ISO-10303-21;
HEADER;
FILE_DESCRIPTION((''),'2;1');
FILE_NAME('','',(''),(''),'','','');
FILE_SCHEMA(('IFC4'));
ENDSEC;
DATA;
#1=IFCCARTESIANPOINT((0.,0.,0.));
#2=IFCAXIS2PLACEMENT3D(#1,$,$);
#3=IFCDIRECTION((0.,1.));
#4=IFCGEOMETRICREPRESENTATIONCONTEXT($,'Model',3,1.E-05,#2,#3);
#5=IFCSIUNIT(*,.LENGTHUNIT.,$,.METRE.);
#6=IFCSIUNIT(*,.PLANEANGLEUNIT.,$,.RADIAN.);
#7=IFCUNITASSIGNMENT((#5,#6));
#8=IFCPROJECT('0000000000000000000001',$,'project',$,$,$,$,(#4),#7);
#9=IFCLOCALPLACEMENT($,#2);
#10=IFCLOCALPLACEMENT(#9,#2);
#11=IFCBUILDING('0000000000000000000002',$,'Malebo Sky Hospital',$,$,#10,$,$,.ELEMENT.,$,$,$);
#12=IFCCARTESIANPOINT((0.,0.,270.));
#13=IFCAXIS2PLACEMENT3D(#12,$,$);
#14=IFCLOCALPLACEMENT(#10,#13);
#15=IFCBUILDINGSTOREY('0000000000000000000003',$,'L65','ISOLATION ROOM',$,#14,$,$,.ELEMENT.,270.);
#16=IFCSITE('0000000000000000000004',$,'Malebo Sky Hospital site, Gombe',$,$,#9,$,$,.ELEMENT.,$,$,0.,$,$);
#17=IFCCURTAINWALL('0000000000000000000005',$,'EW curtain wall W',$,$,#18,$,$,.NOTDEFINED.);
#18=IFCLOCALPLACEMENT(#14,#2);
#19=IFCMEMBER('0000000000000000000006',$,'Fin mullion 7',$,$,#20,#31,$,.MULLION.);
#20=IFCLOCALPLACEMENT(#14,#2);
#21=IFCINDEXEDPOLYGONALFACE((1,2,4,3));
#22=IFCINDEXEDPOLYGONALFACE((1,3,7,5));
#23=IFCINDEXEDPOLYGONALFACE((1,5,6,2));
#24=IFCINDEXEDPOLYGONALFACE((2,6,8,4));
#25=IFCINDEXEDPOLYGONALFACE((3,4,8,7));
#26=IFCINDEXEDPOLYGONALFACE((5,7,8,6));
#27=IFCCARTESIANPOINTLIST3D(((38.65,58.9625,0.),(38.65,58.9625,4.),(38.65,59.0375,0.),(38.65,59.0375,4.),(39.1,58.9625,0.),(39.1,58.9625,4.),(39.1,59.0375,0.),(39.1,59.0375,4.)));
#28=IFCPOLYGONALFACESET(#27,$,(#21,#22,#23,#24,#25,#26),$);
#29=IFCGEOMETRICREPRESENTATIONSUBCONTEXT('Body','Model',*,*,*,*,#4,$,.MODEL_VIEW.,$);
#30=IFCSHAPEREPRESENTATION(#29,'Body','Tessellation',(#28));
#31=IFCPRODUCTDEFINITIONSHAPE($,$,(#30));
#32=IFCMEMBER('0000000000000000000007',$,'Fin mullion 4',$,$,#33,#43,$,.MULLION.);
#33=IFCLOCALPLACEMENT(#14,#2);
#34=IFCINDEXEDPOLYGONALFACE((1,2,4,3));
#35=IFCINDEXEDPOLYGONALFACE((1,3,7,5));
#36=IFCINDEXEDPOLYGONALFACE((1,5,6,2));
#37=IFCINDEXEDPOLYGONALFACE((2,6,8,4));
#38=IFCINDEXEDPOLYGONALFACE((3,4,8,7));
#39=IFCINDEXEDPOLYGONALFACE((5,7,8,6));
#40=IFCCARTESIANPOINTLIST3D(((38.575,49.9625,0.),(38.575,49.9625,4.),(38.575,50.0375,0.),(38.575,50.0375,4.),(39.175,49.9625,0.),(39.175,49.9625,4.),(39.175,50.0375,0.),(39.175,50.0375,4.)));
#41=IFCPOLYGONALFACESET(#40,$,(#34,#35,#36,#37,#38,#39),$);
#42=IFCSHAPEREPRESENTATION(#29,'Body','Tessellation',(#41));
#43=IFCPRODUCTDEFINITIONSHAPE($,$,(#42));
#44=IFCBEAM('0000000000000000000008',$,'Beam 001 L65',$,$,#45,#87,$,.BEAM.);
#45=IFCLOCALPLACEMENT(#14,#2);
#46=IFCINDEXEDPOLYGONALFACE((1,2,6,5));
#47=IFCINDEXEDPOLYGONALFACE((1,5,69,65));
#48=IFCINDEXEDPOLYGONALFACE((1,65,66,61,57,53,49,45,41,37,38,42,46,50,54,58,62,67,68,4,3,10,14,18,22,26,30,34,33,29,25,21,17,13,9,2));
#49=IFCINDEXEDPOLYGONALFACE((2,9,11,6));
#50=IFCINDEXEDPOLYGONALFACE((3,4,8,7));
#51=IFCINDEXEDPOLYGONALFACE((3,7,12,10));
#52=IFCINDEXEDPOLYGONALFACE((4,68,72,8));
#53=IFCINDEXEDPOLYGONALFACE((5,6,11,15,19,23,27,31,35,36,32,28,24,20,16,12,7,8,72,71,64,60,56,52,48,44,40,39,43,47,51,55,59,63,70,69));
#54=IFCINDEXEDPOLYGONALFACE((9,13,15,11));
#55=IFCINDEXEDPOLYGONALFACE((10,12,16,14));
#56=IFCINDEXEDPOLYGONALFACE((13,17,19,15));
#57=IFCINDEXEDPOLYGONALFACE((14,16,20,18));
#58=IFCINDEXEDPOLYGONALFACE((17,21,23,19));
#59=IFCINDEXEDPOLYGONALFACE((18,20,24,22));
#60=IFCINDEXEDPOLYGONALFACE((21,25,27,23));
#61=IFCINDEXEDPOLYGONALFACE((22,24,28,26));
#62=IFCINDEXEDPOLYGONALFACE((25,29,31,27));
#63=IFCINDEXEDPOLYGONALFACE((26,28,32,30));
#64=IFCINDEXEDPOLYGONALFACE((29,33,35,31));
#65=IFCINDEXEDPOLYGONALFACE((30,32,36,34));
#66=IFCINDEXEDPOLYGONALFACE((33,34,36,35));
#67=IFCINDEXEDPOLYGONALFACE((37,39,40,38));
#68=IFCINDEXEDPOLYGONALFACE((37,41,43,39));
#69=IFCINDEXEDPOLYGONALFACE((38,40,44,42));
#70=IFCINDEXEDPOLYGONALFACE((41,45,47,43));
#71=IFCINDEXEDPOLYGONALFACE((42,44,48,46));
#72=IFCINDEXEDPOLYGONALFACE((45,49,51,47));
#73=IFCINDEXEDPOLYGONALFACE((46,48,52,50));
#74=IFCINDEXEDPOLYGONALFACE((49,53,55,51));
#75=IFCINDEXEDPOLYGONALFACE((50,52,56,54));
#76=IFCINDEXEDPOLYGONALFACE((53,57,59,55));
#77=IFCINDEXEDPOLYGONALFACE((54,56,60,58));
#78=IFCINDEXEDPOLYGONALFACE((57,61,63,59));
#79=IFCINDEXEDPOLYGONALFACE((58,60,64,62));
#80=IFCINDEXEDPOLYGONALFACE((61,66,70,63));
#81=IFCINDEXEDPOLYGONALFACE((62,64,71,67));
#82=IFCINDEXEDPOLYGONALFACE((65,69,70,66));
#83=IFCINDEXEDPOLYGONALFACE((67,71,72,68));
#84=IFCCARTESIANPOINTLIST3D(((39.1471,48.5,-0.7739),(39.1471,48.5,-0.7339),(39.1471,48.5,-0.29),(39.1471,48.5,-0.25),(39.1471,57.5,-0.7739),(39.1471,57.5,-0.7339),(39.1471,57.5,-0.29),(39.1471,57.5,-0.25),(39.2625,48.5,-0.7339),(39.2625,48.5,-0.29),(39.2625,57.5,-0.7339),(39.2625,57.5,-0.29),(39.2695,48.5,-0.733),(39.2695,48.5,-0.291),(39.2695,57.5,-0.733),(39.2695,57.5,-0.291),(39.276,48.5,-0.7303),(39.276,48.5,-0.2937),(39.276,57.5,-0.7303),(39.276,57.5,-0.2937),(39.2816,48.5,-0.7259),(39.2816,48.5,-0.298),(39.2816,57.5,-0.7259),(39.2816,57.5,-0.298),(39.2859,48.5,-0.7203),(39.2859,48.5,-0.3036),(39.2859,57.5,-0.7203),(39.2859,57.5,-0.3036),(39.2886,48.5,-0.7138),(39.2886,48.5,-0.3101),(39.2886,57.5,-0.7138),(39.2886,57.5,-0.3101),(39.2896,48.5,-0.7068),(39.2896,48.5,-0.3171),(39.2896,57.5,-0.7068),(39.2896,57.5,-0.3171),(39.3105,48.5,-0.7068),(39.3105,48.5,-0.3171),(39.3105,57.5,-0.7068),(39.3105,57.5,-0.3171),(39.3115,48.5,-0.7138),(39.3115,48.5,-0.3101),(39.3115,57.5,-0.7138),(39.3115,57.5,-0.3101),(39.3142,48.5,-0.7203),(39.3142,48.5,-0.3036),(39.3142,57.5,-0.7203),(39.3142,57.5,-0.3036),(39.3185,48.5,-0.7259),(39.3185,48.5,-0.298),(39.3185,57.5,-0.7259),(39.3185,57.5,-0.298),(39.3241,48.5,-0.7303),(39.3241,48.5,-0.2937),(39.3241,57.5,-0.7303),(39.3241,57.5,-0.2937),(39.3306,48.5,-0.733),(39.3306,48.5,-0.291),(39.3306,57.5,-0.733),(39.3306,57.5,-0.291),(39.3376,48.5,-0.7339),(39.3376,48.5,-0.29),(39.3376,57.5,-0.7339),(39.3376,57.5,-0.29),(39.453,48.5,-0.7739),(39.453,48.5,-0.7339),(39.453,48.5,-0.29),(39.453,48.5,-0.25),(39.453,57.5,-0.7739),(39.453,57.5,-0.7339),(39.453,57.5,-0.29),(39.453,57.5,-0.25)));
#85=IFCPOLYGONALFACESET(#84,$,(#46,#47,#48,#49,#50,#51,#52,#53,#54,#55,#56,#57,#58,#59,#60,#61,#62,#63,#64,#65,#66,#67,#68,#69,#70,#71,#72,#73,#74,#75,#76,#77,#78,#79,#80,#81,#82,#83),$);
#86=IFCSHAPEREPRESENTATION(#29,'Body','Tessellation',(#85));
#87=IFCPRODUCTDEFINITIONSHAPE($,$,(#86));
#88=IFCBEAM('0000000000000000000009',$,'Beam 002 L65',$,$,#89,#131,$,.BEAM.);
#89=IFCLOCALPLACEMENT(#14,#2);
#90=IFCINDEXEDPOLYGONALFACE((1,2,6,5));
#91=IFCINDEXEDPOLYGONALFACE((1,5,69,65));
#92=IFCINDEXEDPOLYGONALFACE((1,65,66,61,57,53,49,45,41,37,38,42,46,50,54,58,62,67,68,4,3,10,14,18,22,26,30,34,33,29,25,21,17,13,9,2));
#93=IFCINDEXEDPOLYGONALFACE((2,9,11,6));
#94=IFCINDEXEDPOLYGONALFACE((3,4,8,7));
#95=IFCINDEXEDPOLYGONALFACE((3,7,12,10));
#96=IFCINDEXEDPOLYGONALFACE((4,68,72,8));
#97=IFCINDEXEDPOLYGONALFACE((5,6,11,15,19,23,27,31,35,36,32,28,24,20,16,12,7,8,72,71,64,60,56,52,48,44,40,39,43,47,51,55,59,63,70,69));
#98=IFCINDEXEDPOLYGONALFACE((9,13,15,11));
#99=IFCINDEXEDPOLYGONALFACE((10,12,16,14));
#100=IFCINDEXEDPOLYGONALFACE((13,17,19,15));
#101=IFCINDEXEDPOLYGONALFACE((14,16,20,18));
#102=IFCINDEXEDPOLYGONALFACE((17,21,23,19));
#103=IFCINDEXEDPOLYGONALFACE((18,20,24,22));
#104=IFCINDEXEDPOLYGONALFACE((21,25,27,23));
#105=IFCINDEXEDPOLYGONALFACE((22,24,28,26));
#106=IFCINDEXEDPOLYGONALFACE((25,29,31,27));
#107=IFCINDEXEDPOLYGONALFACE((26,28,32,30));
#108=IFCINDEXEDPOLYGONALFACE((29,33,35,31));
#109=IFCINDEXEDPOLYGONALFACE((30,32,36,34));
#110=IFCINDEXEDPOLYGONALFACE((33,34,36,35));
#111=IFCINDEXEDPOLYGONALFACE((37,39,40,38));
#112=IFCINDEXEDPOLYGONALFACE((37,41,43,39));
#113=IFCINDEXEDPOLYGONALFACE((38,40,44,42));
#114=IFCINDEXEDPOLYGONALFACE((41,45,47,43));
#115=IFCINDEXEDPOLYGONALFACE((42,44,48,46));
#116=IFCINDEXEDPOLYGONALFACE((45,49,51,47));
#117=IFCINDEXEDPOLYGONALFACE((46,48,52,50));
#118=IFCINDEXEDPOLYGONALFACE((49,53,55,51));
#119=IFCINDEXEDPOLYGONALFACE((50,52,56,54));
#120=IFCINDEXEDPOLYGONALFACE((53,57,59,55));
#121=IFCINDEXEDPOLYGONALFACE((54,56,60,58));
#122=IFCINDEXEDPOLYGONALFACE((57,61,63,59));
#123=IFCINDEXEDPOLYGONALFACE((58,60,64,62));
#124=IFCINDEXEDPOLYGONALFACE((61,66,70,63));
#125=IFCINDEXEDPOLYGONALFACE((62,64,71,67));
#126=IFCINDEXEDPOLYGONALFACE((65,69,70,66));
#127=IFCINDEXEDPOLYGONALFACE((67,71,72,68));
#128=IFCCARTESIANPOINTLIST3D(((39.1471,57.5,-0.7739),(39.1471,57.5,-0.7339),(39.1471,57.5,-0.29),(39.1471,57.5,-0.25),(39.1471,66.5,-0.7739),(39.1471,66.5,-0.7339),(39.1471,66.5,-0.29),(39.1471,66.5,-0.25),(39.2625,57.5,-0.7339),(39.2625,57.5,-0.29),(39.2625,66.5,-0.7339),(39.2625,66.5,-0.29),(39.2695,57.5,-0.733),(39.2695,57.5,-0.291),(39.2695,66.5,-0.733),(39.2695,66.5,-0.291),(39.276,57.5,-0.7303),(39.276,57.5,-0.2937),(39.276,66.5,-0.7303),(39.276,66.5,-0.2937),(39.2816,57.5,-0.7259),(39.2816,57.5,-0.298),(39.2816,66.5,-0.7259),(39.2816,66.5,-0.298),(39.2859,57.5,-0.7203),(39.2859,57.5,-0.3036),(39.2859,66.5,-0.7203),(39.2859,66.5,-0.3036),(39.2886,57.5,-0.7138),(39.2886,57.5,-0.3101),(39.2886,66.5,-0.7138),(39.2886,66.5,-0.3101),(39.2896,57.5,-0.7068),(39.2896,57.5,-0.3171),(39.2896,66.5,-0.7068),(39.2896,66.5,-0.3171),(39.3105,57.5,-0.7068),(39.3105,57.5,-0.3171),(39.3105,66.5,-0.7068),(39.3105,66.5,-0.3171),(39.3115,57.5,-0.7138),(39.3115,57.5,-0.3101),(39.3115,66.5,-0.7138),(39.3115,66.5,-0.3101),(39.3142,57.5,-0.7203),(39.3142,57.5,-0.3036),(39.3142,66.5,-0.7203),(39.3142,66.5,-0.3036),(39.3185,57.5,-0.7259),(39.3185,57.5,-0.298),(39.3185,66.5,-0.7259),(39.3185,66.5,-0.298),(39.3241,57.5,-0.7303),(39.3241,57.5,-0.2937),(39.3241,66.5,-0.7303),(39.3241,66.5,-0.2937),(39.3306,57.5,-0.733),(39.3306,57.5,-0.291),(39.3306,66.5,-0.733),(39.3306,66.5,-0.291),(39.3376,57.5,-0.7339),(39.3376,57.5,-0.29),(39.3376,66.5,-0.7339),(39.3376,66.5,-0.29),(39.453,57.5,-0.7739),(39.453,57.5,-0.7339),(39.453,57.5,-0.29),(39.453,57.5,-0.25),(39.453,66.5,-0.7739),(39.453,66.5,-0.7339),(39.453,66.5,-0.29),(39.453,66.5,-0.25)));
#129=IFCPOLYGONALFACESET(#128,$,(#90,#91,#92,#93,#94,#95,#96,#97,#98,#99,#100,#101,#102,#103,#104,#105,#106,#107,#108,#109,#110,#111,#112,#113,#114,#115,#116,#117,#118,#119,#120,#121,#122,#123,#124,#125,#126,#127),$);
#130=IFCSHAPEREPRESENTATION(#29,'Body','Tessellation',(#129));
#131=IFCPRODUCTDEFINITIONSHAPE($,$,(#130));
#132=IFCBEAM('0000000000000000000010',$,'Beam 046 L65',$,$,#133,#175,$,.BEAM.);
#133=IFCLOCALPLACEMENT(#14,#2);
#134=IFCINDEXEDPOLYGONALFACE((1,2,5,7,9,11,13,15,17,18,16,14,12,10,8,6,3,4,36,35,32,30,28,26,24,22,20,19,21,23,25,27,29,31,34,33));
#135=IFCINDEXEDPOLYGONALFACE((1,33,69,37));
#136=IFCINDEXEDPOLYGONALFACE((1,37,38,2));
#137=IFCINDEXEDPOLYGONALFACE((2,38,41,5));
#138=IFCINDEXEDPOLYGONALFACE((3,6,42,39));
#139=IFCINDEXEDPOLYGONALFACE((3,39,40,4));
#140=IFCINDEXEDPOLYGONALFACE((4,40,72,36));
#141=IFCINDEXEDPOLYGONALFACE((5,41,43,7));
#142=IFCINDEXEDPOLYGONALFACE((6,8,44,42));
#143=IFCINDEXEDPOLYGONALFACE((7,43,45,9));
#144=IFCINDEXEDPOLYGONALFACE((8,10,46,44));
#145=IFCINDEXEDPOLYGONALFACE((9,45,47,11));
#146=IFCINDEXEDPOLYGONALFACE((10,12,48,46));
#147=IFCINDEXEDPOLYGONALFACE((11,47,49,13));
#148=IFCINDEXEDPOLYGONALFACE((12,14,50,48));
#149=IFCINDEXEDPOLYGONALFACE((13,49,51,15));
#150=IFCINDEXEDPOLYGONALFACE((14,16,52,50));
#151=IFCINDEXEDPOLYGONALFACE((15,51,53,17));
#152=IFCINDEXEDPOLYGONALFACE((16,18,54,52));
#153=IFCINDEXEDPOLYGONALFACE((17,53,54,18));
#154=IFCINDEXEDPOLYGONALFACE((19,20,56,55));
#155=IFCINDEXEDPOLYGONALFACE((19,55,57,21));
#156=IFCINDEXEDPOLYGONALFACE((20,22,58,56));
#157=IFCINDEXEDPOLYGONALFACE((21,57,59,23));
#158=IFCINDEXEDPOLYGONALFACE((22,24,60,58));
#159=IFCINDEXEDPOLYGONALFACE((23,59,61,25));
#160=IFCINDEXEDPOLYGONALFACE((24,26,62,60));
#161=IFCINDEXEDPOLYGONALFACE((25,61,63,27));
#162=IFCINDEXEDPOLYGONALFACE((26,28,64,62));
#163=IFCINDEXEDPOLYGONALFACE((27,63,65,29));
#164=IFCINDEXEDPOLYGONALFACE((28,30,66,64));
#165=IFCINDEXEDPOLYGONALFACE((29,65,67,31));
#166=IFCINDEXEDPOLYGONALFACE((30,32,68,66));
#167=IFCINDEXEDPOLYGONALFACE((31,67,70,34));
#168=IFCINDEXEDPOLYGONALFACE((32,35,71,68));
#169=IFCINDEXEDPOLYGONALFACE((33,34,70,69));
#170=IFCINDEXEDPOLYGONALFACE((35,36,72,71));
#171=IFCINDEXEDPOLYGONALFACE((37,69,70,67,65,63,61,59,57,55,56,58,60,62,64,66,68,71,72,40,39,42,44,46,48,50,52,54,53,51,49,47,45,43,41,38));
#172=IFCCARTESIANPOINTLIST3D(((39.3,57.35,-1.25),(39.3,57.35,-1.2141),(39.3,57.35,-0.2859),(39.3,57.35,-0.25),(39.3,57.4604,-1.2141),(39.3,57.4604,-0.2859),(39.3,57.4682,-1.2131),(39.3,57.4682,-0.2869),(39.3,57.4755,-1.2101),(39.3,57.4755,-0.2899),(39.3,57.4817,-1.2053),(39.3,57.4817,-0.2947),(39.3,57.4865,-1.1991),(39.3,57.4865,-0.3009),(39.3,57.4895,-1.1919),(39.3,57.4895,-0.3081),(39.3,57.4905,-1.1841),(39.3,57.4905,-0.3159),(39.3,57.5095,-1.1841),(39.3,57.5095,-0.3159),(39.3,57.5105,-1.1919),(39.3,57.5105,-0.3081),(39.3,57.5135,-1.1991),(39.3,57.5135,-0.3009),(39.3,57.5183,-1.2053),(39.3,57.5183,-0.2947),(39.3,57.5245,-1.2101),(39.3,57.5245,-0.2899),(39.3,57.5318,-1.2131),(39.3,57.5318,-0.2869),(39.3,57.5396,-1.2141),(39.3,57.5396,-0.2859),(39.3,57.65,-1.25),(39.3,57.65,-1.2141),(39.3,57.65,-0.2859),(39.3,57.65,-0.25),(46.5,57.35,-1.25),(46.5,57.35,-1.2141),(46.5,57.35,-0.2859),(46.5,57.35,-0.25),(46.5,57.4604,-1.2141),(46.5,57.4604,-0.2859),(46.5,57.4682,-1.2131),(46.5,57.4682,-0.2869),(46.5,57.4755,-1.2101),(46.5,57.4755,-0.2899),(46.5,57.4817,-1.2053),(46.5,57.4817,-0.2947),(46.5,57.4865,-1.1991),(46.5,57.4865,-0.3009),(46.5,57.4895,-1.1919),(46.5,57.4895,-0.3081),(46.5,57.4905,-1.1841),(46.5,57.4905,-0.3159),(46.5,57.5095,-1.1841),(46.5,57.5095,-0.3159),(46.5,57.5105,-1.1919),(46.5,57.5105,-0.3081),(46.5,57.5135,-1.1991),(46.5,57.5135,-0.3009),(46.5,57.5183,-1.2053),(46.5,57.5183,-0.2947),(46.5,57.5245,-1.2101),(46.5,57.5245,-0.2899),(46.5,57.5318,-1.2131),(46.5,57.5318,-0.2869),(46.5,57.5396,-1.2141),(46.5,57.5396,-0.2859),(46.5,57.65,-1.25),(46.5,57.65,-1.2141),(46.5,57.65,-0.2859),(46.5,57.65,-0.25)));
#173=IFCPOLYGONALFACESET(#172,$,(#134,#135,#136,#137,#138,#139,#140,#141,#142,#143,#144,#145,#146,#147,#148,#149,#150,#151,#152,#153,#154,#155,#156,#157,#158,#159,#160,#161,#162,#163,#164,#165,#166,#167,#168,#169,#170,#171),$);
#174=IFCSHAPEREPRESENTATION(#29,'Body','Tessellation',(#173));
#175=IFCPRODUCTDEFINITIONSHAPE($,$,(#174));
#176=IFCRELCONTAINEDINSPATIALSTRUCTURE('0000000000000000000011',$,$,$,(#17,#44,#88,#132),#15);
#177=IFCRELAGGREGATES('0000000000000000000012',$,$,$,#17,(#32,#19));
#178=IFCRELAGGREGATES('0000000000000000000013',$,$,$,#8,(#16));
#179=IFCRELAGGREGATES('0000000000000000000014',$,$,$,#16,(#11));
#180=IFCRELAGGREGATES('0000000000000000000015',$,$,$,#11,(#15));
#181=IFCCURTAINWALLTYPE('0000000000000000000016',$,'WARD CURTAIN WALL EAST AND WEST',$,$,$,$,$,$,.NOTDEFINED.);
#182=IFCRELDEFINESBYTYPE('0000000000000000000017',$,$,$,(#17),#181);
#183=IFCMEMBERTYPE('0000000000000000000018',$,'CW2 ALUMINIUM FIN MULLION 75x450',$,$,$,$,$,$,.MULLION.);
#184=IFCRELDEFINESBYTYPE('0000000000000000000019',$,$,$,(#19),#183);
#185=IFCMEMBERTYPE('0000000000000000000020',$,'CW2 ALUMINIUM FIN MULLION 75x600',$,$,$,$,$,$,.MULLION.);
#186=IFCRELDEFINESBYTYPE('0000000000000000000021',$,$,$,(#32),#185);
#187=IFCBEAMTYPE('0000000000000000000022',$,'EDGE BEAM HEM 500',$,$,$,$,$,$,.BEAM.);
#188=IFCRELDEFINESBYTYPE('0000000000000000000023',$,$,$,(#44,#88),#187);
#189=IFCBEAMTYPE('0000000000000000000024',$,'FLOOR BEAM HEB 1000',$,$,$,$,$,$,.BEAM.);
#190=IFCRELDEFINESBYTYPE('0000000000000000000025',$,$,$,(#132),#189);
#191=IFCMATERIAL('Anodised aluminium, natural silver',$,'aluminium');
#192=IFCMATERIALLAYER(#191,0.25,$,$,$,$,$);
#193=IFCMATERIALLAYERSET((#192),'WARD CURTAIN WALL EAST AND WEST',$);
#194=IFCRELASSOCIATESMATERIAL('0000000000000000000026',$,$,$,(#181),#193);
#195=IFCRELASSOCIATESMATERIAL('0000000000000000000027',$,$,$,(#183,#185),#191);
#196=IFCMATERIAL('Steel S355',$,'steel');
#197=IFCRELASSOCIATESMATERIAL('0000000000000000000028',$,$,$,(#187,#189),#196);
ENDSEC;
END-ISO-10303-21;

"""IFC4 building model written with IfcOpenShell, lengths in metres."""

from ifc_helpers import new_model, si_unit, direction, frame, origin, origin_2d, place, context, subcontext, project, spatial, rectangle, i_section, extrude, material, layer, layer_set, material_profile, profile_set, type_object, element, aggregate, save


model = new_model("IFC4")

# Units and contexts
model_context = context("Model", 3, precision=1e-05, world=origin(), true_north=direction((0.0, 1.0)))
body_context = subcontext(model_context, "Body", "Model", "MODEL_VIEW")
ifc_project = project(units=[si_unit("LENGTHUNIT", "METRE"), si_unit("PLANEANGLEUNIT", "RADIAN")], contexts=[model_context])

# Site, building, storey
site_placement = place(None, origin())
site = spatial("IfcSite", under=ifc_project, at=site_placement, Name="Malebo Sky Hospital site, Gombe", CompositionType="ELEMENT", RefElevation=0.0)
building_placement = place(site_placement, origin())
building = spatial("IfcBuilding", under=site, at=building_placement, Name="Malebo Sky Hospital", CompositionType="ELEMENT")
storey_placement = place(building_placement, frame((0.0, 0.0, 270.0)))
storey = spatial("IfcBuildingStorey", under=building, at=storey_placement, Name="L65", Description="ISOLATION ROOM", CompositionType="ELEMENT", Elevation=270.0)

# Curtain wall
ifc_material_1 = material(Name="Anodised aluminium, natural silver", Category="aluminium")
ifc_layer_1 = layer(ifc_material_1, 0.25)
ifc_layer_set_1 = layer_set([ifc_layer_1], Name="WARD CURTAIN WALL EAST AND WEST")
curtain_wall_type = type_object("IfcCurtainWallType", Name="WARD CURTAIN WALL EAST AND WEST", PredefinedType="NOTDEFINED", material=ifc_layer_set_1)
curtain_wall_placement = place(storey_placement, origin())
curtain_wall = element("IfcCurtainWall", 1, at=curtain_wall_placement, inside=storey, type_object=curtain_wall_type, Name="EW curtain wall W", PredefinedType="NOTDEFINED")

# Members
ifc_material_2 = material(Name="Steel S355", Category="steel")
ifc_material_profile_1 = material_profile(ifc_material_1, rectangle(XDim=0.075, YDim=0.45, at=origin_2d()), Name="CW2 ALUMINIUM FIN MULLION 75x450")
ifc_profile_set_1 = profile_set([ifc_material_profile_1], Name="Anodised aluminium, natural silver")
member_type_1 = type_object("IfcMemberType", Name="CW2 ALUMINIUM FIN MULLION 75x450", PredefinedType="MULLION", material=ifc_profile_set_1)
member_1_placement = place(storey_placement, frame((38.875, 59.0, 0.0), z_axis=(0.0, 0.0, 1.0), x_axis=(0.0, 1.0, 0.0)))
member_1 = element("IfcMember", 2, at=member_1_placement, type_object=member_type_1, Name="Fin mullion 7", PredefinedType="MULLION", context=body_context, shape_type="SweptSolid", body=[
    extrude(rectangle(XDim=0.075, YDim=0.45, at=origin_2d()), origin(), (0.0, 0.0, 1.0), 4.0),
])
ifc_material_profile_2 = material_profile(ifc_material_1, rectangle(XDim=0.075, YDim=0.6001, at=origin_2d()), Name="CW2 ALUMINIUM FIN MULLION 75x600")
ifc_profile_set_2 = profile_set([ifc_material_profile_2], Name="Anodised aluminium, natural silver")
member_type_2 = type_object("IfcMemberType", Name="CW2 ALUMINIUM FIN MULLION 75x600", PredefinedType="MULLION", material=ifc_profile_set_2)
member_2_placement = place(storey_placement, frame((38.875, 50.0, 0.0), z_axis=(0.0, 0.0, 1.0), x_axis=(0.0, 1.0, 0.0)))
member_2 = element("IfcMember", 3, at=member_2_placement, type_object=member_type_2, Name="Fin mullion 4", PredefinedType="MULLION", context=body_context, shape_type="SweptSolid", body=[
    extrude(rectangle(XDim=0.075, YDim=0.6001, at=origin_2d()), origin(), (0.0, 0.0, 1.0), 4.0),
])

# Beams
ifc_material_profile_3 = material_profile(ifc_material_2, i_section(OverallWidth=0.3059, OverallDepth=0.5239, WebThickness=0.021, FlangeThickness=0.04, FilletRadius=0.0271, at=origin_2d()), Name="HEM 500")
ifc_profile_set_3 = profile_set([ifc_material_profile_3], Name="Steel S355")
beam_type_1 = type_object("IfcBeamType", Name="EDGE BEAM HEM 500", PredefinedType="BEAM", material=ifc_profile_set_3)
for number, where, z_axis, x_axis, name in (
    (4, (39.3, 48.5, -0.512), (0.0, 1.0, 0.0), (-1.0, 0.0, 0.0), "Beam 001 L65"),
    (5, (39.3, 57.5, -0.512), (0.0, 1.0, 0.0), (-1.0, 0.0, 0.0), "Beam 002 L65"),
):
    element("IfcBeam", number, at=place(storey_placement, frame(where, z_axis=z_axis, x_axis=x_axis)), inside=storey, type_object=beam_type_1, Name=name, PredefinedType="BEAM", context=body_context, shape_type="SweptSolid", body=[
        extrude(i_section(OverallWidth=0.3059, OverallDepth=0.5239, WebThickness=0.021, FlangeThickness=0.04, FilletRadius=0.0271, at=origin_2d()), origin(), (0.0, 0.0, 1.0), 9.0),
    ])
ifc_material_profile_4 = material_profile(ifc_material_2, i_section(OverallWidth=0.3, OverallDepth=1.0, WebThickness=0.019, FlangeThickness=0.0359, FilletRadius=0.03, at=origin_2d()), Name="HEB 1000")
ifc_profile_set_4 = profile_set([ifc_material_profile_4], Name="Steel S355")
beam_type_2 = type_object("IfcBeamType", Name="FLOOR BEAM HEB 1000", PredefinedType="BEAM", material=ifc_profile_set_4)
beam_1_placement = place(storey_placement, frame((39.3, 57.5, -0.75), z_axis=(1.0, 0.0, 0.0), x_axis=(0.0, 1.0, 0.0)))
element("IfcBeam", 6, at=beam_1_placement, inside=storey, type_object=beam_type_2, Name="Beam 046 L65", PredefinedType="BEAM", context=body_context, shape_type="SweptSolid", body=[
    extrude(i_section(OverallWidth=0.3, OverallDepth=1.0, WebThickness=0.019, FlangeThickness=0.0359, FilletRadius=0.03, at=origin_2d()), origin(), (0.0, 0.0, 1.0), 7.2),
])

aggregate(curtain_wall, [member_2, member_1])

save(model, "model.ifc")
